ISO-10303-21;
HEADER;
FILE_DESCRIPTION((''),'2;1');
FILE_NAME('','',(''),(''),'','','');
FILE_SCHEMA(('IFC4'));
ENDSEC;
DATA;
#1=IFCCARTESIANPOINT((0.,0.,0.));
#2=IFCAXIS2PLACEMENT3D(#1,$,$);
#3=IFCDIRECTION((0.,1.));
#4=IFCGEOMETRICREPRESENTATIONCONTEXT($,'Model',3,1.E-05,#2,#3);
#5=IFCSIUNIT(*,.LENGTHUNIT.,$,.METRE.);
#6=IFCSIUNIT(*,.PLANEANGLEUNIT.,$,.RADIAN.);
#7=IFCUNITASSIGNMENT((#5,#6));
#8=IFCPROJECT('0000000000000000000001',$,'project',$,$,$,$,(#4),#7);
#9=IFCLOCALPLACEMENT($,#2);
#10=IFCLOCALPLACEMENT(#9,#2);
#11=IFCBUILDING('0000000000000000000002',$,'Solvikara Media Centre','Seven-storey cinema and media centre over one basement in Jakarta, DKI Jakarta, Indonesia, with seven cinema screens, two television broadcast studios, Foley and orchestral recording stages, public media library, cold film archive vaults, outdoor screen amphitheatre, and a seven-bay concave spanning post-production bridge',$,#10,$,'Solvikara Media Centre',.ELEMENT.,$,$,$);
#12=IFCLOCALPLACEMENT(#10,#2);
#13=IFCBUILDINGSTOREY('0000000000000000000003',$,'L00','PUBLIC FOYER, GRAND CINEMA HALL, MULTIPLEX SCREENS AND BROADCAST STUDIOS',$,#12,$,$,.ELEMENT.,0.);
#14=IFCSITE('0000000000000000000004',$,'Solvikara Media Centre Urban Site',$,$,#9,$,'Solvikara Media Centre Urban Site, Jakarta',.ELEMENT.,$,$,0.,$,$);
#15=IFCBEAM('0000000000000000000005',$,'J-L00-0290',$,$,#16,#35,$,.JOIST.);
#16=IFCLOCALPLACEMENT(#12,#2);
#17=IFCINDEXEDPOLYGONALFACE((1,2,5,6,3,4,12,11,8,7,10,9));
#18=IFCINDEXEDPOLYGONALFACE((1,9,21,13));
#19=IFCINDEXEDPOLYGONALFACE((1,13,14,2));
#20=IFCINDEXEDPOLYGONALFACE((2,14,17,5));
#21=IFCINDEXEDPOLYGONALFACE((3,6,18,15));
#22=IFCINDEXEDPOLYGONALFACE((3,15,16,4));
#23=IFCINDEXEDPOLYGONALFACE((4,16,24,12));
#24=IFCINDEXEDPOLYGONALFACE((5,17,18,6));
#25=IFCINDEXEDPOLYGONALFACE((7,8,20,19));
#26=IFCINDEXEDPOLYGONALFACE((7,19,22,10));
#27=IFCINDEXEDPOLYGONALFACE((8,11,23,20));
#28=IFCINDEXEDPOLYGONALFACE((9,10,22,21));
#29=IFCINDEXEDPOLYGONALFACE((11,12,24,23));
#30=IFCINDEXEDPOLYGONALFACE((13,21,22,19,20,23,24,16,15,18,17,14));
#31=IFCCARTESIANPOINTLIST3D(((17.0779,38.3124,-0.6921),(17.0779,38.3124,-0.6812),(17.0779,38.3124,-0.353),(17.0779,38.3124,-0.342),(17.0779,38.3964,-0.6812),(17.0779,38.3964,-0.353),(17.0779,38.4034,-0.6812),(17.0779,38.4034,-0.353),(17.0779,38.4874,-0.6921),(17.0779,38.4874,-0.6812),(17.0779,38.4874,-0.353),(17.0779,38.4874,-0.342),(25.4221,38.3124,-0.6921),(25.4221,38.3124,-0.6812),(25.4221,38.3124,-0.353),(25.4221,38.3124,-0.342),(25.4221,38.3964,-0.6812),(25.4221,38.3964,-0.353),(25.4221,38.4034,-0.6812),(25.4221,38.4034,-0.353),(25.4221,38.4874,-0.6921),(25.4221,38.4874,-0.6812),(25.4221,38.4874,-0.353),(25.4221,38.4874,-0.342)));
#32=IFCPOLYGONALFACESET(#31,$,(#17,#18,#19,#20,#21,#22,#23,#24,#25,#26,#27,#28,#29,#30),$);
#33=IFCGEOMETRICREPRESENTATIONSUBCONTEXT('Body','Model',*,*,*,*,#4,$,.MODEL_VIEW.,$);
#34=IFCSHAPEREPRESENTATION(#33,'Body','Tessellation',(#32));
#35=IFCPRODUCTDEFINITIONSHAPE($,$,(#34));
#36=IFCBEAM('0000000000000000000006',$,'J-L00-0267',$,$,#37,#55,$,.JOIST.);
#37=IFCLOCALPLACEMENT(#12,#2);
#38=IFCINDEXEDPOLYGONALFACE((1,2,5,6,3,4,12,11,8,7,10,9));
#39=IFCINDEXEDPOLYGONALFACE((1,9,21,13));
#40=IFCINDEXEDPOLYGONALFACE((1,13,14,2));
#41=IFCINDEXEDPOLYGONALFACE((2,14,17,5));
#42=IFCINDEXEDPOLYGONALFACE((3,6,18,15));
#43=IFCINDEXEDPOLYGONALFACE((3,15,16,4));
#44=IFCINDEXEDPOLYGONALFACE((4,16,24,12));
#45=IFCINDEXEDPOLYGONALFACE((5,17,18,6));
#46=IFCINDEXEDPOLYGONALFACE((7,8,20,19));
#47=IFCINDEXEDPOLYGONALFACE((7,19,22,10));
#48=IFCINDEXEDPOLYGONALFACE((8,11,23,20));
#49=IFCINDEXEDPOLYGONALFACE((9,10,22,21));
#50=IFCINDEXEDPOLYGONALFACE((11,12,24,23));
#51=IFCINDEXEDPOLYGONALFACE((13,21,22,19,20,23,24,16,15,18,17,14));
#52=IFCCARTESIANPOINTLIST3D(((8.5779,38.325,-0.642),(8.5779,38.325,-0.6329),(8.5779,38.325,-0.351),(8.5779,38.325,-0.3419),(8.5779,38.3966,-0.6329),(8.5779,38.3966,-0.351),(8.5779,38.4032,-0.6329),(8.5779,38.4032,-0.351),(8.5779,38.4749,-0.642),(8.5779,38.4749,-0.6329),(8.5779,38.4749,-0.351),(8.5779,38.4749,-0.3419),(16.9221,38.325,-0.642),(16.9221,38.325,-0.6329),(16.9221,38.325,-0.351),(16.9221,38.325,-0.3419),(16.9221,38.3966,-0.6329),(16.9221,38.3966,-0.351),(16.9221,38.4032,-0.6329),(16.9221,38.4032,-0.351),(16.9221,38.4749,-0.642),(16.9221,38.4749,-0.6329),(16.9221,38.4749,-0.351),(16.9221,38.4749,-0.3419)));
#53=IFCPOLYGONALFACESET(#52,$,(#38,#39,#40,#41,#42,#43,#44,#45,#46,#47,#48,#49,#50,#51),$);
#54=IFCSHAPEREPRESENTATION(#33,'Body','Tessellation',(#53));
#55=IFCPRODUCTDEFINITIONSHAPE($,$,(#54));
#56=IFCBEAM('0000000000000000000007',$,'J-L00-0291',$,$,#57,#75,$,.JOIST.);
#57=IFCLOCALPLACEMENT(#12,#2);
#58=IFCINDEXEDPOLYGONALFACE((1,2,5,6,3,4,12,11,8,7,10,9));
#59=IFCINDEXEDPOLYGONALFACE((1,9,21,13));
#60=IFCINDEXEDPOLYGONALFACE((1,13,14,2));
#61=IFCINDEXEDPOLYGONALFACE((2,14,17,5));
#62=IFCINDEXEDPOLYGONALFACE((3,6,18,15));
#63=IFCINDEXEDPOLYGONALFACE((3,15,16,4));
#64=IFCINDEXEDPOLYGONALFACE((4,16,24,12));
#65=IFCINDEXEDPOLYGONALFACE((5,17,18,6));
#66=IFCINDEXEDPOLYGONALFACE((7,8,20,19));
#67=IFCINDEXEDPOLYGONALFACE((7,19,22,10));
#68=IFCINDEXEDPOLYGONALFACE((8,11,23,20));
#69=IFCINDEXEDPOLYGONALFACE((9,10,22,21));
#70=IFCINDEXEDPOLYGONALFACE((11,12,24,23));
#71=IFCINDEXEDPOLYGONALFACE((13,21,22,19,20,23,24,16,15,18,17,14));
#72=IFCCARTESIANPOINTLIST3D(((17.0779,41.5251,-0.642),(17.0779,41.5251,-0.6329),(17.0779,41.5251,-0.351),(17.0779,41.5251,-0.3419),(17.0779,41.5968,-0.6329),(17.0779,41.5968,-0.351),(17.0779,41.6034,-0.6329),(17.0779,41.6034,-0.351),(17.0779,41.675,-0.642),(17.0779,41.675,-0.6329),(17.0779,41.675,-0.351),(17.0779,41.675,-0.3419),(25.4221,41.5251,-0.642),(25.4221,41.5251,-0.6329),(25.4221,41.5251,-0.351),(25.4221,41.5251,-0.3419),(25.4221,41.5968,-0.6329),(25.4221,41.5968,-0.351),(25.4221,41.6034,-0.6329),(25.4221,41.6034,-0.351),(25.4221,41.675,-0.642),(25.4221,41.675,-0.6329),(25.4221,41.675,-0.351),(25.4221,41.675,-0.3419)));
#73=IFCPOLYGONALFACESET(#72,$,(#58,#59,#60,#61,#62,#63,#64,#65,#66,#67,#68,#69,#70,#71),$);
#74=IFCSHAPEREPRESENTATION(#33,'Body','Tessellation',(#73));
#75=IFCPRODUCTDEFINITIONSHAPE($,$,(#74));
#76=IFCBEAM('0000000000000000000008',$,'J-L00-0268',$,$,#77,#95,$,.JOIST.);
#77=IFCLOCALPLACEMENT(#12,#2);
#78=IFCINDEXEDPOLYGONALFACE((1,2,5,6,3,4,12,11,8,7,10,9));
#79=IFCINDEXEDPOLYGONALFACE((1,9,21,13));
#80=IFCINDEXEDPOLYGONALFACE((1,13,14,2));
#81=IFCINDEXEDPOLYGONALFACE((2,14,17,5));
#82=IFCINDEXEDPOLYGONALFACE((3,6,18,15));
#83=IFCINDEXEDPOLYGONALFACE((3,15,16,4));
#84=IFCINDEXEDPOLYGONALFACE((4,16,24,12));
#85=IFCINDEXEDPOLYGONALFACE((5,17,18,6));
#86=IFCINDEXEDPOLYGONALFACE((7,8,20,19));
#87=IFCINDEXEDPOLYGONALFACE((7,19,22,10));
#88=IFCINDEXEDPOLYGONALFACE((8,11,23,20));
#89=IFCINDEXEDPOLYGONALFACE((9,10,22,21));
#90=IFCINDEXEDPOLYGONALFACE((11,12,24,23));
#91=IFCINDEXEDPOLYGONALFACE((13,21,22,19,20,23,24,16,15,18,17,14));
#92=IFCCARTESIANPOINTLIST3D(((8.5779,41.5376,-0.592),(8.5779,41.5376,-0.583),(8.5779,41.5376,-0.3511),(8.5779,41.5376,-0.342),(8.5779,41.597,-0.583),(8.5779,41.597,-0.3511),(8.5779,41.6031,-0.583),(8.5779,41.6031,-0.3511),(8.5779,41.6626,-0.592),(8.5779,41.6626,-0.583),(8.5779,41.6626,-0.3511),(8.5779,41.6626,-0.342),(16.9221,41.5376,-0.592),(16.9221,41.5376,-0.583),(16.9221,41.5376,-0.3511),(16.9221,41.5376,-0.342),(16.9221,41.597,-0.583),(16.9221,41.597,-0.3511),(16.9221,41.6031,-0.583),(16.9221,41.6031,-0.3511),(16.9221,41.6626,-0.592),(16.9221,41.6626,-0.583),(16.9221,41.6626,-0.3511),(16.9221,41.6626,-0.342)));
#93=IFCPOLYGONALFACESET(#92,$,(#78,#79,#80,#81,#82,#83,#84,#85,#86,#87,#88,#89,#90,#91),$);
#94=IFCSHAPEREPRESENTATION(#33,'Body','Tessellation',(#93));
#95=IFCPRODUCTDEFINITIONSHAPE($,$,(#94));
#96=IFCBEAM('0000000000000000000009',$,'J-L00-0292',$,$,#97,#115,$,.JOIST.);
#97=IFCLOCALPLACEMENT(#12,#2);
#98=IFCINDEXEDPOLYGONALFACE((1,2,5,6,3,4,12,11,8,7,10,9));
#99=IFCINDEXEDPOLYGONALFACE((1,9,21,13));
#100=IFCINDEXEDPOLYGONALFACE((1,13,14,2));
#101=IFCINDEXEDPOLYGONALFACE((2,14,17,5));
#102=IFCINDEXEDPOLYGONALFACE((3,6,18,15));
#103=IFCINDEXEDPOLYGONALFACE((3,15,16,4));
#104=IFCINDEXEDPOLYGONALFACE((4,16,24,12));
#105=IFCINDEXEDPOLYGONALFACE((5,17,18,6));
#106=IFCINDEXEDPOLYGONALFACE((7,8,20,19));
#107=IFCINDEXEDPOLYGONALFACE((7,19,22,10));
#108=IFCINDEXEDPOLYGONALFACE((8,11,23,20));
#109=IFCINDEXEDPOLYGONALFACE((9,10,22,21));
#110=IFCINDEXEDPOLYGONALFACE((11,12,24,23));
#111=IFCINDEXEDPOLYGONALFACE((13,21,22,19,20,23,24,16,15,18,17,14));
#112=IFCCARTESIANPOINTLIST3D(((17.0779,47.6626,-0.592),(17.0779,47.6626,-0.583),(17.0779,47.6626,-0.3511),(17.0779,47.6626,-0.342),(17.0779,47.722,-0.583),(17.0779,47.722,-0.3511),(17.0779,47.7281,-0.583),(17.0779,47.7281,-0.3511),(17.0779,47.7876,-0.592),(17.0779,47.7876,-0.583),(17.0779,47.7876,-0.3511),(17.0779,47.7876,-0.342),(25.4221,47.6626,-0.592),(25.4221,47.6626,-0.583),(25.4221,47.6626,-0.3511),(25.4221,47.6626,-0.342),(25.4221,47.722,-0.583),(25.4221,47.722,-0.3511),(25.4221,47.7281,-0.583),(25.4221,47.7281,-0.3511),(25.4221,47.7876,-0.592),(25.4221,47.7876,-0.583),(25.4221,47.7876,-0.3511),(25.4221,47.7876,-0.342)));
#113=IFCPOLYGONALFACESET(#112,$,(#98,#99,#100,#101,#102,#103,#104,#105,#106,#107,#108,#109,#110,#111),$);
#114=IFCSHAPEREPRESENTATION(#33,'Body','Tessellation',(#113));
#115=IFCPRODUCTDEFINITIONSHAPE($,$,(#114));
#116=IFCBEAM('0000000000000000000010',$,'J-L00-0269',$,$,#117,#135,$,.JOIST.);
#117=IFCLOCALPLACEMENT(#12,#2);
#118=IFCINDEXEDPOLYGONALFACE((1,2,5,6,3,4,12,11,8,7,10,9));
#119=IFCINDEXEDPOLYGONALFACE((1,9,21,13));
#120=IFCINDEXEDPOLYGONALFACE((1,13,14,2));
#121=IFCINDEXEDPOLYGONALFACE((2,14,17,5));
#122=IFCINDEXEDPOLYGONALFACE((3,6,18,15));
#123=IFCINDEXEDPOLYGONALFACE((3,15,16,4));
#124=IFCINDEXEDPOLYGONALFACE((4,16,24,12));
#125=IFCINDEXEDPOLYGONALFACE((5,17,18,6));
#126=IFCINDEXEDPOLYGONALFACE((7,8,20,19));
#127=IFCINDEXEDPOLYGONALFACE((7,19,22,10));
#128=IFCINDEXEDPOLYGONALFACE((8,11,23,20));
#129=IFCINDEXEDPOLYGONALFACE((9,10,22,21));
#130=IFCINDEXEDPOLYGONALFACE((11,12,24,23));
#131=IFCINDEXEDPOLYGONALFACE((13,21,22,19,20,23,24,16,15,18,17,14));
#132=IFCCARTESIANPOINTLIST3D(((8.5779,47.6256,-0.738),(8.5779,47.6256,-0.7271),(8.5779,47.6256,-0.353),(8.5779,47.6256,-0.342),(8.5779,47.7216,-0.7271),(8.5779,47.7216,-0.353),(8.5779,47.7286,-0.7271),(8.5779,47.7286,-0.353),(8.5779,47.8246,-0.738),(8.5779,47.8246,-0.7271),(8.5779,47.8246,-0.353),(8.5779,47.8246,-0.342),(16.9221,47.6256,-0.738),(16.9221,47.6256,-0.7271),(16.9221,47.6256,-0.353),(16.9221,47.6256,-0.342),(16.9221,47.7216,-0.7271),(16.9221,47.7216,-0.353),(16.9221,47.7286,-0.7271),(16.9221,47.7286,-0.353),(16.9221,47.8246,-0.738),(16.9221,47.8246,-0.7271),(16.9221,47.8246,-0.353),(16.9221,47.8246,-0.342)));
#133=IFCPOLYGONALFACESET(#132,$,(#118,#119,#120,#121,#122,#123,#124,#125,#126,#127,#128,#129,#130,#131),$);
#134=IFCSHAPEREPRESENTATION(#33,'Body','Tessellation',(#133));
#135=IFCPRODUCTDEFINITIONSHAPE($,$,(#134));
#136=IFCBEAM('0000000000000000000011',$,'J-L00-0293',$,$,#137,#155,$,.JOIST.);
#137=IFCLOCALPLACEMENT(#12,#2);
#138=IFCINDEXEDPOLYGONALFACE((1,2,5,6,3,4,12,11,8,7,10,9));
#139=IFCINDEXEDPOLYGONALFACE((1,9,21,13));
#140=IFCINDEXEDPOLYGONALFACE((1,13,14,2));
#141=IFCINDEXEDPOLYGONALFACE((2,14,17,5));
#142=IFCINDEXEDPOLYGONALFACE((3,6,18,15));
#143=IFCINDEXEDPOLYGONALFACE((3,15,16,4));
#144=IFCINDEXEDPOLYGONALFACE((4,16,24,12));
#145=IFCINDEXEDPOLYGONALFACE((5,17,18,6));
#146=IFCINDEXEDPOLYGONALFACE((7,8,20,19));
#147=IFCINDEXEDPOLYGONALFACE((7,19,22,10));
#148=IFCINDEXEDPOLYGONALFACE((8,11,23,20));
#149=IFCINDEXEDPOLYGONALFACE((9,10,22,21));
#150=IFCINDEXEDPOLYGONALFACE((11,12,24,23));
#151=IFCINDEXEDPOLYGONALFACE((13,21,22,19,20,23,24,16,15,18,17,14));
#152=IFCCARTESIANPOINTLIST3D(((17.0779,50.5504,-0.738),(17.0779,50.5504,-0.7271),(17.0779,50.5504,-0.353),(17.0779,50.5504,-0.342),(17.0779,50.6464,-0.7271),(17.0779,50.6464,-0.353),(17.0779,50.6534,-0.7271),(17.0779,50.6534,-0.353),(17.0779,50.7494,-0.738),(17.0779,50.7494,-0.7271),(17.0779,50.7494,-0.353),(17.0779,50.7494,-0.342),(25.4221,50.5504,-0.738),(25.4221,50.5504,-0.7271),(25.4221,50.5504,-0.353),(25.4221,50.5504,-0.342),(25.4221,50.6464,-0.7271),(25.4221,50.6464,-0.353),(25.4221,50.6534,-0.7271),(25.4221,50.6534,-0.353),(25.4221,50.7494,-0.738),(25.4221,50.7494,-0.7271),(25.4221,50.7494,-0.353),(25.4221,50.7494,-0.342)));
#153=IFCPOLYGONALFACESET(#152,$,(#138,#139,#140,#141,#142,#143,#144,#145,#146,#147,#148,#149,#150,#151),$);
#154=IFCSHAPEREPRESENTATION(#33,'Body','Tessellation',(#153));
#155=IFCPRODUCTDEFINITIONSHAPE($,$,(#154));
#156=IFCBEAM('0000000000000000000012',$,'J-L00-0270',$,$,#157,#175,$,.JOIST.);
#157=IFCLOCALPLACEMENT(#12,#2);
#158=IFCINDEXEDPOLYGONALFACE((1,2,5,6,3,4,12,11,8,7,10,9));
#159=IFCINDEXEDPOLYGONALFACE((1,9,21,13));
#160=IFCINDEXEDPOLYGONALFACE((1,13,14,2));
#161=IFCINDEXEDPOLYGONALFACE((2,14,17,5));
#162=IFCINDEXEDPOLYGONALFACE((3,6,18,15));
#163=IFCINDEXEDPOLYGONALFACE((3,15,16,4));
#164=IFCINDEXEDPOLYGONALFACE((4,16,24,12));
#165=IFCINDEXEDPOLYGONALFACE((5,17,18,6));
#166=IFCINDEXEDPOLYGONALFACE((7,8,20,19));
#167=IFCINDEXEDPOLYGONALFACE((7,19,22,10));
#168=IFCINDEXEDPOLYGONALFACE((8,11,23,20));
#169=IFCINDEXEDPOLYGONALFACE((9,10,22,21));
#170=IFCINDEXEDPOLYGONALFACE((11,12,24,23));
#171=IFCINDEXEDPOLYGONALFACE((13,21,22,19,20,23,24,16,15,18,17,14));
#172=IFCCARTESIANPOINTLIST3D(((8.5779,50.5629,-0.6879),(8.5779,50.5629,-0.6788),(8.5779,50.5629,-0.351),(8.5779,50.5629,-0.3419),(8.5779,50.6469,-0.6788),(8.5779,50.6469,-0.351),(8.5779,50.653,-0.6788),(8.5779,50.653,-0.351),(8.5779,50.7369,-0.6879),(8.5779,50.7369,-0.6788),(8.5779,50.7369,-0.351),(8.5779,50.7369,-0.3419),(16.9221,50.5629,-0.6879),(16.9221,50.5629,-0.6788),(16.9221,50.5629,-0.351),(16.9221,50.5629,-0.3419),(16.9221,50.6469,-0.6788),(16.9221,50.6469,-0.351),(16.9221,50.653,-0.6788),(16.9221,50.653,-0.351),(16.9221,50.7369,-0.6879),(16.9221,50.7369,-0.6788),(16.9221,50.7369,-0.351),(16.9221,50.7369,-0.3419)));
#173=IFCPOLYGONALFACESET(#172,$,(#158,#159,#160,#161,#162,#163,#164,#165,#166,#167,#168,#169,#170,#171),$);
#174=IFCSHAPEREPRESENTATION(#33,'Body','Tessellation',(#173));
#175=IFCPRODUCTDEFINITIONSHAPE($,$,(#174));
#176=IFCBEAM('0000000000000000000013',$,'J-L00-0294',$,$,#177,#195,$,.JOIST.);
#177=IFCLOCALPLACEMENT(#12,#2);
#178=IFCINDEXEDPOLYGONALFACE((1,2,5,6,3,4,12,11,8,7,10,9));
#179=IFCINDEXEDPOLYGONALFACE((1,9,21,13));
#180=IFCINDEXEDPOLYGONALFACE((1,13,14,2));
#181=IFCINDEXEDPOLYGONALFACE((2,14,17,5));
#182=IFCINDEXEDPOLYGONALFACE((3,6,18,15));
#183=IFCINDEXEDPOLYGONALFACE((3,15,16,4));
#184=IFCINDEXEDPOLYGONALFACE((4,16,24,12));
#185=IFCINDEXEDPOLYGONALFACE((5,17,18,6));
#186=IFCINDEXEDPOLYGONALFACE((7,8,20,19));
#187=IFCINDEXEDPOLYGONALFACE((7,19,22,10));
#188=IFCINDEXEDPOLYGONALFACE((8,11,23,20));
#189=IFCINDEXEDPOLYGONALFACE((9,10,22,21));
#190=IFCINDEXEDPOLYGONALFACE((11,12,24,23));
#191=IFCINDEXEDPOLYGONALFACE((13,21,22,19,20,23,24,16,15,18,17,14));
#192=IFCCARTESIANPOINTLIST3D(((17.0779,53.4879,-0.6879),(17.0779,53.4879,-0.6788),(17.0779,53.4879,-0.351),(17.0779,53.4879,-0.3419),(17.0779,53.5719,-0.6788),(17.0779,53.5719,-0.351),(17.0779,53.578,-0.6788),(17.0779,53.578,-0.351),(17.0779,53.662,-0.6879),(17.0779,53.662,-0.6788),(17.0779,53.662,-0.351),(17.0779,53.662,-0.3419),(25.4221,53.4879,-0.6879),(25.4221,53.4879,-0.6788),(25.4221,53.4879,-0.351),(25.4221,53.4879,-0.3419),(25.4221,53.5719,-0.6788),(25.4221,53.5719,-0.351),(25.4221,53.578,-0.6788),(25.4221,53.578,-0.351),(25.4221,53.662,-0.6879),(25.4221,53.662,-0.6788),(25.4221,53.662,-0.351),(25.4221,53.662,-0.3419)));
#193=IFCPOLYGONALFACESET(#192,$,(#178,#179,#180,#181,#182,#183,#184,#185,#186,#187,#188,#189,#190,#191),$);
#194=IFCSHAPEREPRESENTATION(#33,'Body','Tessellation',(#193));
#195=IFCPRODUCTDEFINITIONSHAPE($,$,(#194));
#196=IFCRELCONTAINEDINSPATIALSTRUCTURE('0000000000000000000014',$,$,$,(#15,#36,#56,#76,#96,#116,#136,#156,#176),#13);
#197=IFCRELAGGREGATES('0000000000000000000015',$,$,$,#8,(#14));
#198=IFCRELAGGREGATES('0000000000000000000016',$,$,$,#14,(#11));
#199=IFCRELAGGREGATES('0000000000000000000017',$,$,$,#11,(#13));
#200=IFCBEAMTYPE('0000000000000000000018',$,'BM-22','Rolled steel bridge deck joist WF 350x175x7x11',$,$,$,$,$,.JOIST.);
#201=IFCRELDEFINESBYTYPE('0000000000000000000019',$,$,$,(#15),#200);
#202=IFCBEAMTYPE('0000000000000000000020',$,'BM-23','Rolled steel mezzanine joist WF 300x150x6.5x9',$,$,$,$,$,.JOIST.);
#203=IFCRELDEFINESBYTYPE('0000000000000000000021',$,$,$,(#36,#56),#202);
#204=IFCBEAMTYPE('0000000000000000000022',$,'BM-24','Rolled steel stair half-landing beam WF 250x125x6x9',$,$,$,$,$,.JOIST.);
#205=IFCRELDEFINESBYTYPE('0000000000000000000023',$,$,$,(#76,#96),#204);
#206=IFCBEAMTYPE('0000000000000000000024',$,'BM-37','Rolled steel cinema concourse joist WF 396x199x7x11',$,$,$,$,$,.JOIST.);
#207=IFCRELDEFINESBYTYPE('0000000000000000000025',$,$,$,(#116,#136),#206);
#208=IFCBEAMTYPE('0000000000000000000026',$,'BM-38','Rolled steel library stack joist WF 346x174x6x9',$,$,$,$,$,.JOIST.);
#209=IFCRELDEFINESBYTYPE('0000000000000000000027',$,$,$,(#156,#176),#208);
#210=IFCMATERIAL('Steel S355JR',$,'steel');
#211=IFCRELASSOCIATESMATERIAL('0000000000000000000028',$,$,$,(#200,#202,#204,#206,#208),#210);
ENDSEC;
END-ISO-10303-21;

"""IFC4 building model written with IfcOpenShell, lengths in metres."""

from ifc_helpers import new_model, si_unit, direction, frame, origin, origin_2d, place, context, subcontext, project, spatial, i_section, extrude, material, material_profile, profile_set, type_object, element, save


model = new_model("IFC4")

# Units and contexts
model_context = context("Model", 3, precision=1e-05, world=origin(), true_north=direction((0.0, 1.0)))
body_context = subcontext(model_context, "Body", "Model", "MODEL_VIEW")
ifc_project = project(units=[si_unit("LENGTHUNIT", "METRE"), si_unit("PLANEANGLEUNIT", "RADIAN")], contexts=[model_context])

# Site, building, storey
site_placement = place(None, origin())
site = spatial("IfcSite", under=ifc_project, at=site_placement, Name="Solvikara Media Centre Urban Site", LongName="Solvikara Media Centre Urban Site, Jakarta", CompositionType="ELEMENT", RefElevation=0.0)
building_placement = place(site_placement, origin())
building = spatial("IfcBuilding", under=site, at=building_placement, Name="Solvikara Media Centre", Description="Seven-storey cinema and media centre over one basement in Jakarta, DKI Jakarta, Indonesia, with seven cinema screens, two television broadcast studios, Foley and orchestral recording stages, public media library, cold film archive vaults, outdoor screen amphitheatre, and a seven-bay concave spanning post-production bridge", LongName="Solvikara Media Centre", CompositionType="ELEMENT")
storey_placement = place(building_placement, origin())
storey = spatial("IfcBuildingStorey", under=building, at=storey_placement, Name="L00", Description="PUBLIC FOYER, GRAND CINEMA HALL, MULTIPLEX SCREENS AND BROADCAST STUDIOS", CompositionType="ELEMENT", Elevation=0.0)

# Beams
ifc_material_1 = material(Name="Steel S355JR", Category="steel")
ifc_material_profile_1 = material_profile(ifc_material_1, i_section(OverallWidth=0.175, OverallDepth=0.3501, WebThickness=0.0071, FlangeThickness=0.011, at=origin_2d()), Name="WF 350x175x7x11")
ifc_profile_set_1 = profile_set([ifc_material_profile_1], Name="Steel S355JR")
beam_type_1 = type_object("IfcBeamType", Name="BM-22", Description="Rolled steel bridge deck joist WF 350x175x7x11", PredefinedType="JOIST", material=ifc_profile_set_1)
beam_1_placement = place(storey_placement, frame((17.0779, 38.3999, -0.5171), z_axis=(1.0, 0.0, 0.0), x_axis=(0.0, 1.0, 0.0)))
element("IfcBeam", 1, at=beam_1_placement, inside=storey, type_object=beam_type_1, Name="J-L00-0290", PredefinedType="JOIST", context=body_context, shape_type="SweptSolid", body=[
    extrude(i_section(OverallWidth=0.175, OverallDepth=0.3501, WebThickness=0.0071, FlangeThickness=0.011, at=origin_2d()), origin(), (0.0, 0.0, 1.0), 8.3442),
])
ifc_material_profile_2 = material_profile(ifc_material_1, i_section(OverallWidth=0.1499, OverallDepth=0.3, WebThickness=0.0066, FlangeThickness=0.009, at=origin_2d()), Name="WF 300x150x6.5x9")
ifc_profile_set_2 = profile_set([ifc_material_profile_2], Name="Steel S355JR")
beam_type_2 = type_object("IfcBeamType", Name="BM-23", Description="Rolled steel mezzanine joist WF 300x150x6.5x9", PredefinedType="JOIST", material=ifc_profile_set_2)
for number, where, z_axis, x_axis, name in (
    (2, (8.5779, 38.3999, -0.4919), (1.0, 0.0, 0.0), (0.0, 1.0, 0.0), "J-L00-0267"),
    (3, (17.0779, 41.6001, -0.4919), (1.0, 0.0, 0.0), (0.0, 1.0, 0.0), "J-L00-0291"),
):
    element("IfcBeam", number, at=place(storey_placement, frame(where, z_axis=z_axis, x_axis=x_axis)), inside=storey, type_object=beam_type_2, Name=name, PredefinedType="JOIST", context=body_context, shape_type="SweptSolid", body=[
        extrude(i_section(OverallWidth=0.1499, OverallDepth=0.3, WebThickness=0.0066, FlangeThickness=0.009, at=origin_2d()), origin(), (0.0, 0.0, 1.0), 8.3442),
    ])
ifc_material_profile_3 = material_profile(ifc_material_1, i_section(OverallWidth=0.125, OverallDepth=0.25, WebThickness=0.0061, FlangeThickness=0.009, at=origin_2d()), Name="WF 250x125x6x9")
ifc_profile_set_3 = profile_set([ifc_material_profile_3], Name="Steel S355JR")
beam_type_3 = type_object("IfcBeamType", Name="BM-24", Description="Rolled steel stair half-landing beam WF 250x125x6x9", PredefinedType="JOIST", material=ifc_profile_set_3)
for number, where, z_axis, x_axis, name in (
    (4, (8.5779, 41.6001, -0.467), (1.0, 0.0, 0.0), (0.0, 1.0, 0.0), "J-L00-0268"),
    (5, (17.0779, 47.7251, -0.467), (1.0, 0.0, 0.0), (0.0, 1.0, 0.0), "J-L00-0292"),
):
    element("IfcBeam", number, at=place(storey_placement, frame(where, z_axis=z_axis, x_axis=x_axis)), inside=storey, type_object=beam_type_3, Name=name, PredefinedType="JOIST", context=body_context, shape_type="SweptSolid", body=[
        extrude(i_section(OverallWidth=0.125, OverallDepth=0.25, WebThickness=0.0061, FlangeThickness=0.009, at=origin_2d()), origin(), (0.0, 0.0, 1.0), 8.3442),
    ])
ifc_material_profile_4 = material_profile(ifc_material_1, i_section(OverallWidth=0.199, OverallDepth=0.396, WebThickness=0.0071, FlangeThickness=0.011, at=origin_2d()), Name="WF 396x199x7x11")
ifc_profile_set_4 = profile_set([ifc_material_profile_4], Name="Steel S355JR")
beam_type_4 = type_object("IfcBeamType", Name="BM-37", Description="Rolled steel cinema concourse joist WF 396x199x7x11", PredefinedType="JOIST", material=ifc_profile_set_4)
for number, where, z_axis, x_axis, name in (
    (6, (8.5779, 47.7251, -0.54), (1.0, 0.0, 0.0), (0.0, 1.0, 0.0), "J-L00-0269"),
    (7, (17.0779, 50.6499, -0.54), (1.0, 0.0, 0.0), (0.0, 1.0, 0.0), "J-L00-0293"),
):
    element("IfcBeam", number, at=place(storey_placement, frame(where, z_axis=z_axis, x_axis=x_axis)), inside=storey, type_object=beam_type_4, Name=name, PredefinedType="JOIST", context=body_context, shape_type="SweptSolid", body=[
        extrude(i_section(OverallWidth=0.199, OverallDepth=0.396, WebThickness=0.0071, FlangeThickness=0.011, at=origin_2d()), origin(), (0.0, 0.0, 1.0), 8.3442),
    ])
ifc_material_profile_5 = material_profile(ifc_material_1, i_section(OverallWidth=0.1741, OverallDepth=0.3459, WebThickness=0.0061, FlangeThickness=0.009, at=origin_2d()), Name="WF 346x174x6x9")
ifc_profile_set_5 = profile_set([ifc_material_profile_5], Name="Steel S355JR")
beam_type_5 = type_object("IfcBeamType", Name="BM-38", Description="Rolled steel library stack joist WF 346x174x6x9", PredefinedType="JOIST", material=ifc_profile_set_5)
for number, where, z_axis, x_axis, name in (
    (8, (8.5779, 50.6499, -0.5149), (1.0, 0.0, 0.0), (0.0, 1.0, 0.0), "J-L00-0270"),
    (9, (17.0779, 53.575, -0.5149), (1.0, 0.0, 0.0), (0.0, 1.0, 0.0), "J-L00-0294"),
):
    element("IfcBeam", number, at=place(storey_placement, frame(where, z_axis=z_axis, x_axis=x_axis)), inside=storey, type_object=beam_type_5, Name=name, PredefinedType="JOIST", context=body_context, shape_type="SweptSolid", body=[
        extrude(i_section(OverallWidth=0.1741, OverallDepth=0.3459, WebThickness=0.0061, FlangeThickness=0.009, at=origin_2d()), origin(), (0.0, 0.0, 1.0), 8.3442),
    ])

save(model, "model.ifc")
